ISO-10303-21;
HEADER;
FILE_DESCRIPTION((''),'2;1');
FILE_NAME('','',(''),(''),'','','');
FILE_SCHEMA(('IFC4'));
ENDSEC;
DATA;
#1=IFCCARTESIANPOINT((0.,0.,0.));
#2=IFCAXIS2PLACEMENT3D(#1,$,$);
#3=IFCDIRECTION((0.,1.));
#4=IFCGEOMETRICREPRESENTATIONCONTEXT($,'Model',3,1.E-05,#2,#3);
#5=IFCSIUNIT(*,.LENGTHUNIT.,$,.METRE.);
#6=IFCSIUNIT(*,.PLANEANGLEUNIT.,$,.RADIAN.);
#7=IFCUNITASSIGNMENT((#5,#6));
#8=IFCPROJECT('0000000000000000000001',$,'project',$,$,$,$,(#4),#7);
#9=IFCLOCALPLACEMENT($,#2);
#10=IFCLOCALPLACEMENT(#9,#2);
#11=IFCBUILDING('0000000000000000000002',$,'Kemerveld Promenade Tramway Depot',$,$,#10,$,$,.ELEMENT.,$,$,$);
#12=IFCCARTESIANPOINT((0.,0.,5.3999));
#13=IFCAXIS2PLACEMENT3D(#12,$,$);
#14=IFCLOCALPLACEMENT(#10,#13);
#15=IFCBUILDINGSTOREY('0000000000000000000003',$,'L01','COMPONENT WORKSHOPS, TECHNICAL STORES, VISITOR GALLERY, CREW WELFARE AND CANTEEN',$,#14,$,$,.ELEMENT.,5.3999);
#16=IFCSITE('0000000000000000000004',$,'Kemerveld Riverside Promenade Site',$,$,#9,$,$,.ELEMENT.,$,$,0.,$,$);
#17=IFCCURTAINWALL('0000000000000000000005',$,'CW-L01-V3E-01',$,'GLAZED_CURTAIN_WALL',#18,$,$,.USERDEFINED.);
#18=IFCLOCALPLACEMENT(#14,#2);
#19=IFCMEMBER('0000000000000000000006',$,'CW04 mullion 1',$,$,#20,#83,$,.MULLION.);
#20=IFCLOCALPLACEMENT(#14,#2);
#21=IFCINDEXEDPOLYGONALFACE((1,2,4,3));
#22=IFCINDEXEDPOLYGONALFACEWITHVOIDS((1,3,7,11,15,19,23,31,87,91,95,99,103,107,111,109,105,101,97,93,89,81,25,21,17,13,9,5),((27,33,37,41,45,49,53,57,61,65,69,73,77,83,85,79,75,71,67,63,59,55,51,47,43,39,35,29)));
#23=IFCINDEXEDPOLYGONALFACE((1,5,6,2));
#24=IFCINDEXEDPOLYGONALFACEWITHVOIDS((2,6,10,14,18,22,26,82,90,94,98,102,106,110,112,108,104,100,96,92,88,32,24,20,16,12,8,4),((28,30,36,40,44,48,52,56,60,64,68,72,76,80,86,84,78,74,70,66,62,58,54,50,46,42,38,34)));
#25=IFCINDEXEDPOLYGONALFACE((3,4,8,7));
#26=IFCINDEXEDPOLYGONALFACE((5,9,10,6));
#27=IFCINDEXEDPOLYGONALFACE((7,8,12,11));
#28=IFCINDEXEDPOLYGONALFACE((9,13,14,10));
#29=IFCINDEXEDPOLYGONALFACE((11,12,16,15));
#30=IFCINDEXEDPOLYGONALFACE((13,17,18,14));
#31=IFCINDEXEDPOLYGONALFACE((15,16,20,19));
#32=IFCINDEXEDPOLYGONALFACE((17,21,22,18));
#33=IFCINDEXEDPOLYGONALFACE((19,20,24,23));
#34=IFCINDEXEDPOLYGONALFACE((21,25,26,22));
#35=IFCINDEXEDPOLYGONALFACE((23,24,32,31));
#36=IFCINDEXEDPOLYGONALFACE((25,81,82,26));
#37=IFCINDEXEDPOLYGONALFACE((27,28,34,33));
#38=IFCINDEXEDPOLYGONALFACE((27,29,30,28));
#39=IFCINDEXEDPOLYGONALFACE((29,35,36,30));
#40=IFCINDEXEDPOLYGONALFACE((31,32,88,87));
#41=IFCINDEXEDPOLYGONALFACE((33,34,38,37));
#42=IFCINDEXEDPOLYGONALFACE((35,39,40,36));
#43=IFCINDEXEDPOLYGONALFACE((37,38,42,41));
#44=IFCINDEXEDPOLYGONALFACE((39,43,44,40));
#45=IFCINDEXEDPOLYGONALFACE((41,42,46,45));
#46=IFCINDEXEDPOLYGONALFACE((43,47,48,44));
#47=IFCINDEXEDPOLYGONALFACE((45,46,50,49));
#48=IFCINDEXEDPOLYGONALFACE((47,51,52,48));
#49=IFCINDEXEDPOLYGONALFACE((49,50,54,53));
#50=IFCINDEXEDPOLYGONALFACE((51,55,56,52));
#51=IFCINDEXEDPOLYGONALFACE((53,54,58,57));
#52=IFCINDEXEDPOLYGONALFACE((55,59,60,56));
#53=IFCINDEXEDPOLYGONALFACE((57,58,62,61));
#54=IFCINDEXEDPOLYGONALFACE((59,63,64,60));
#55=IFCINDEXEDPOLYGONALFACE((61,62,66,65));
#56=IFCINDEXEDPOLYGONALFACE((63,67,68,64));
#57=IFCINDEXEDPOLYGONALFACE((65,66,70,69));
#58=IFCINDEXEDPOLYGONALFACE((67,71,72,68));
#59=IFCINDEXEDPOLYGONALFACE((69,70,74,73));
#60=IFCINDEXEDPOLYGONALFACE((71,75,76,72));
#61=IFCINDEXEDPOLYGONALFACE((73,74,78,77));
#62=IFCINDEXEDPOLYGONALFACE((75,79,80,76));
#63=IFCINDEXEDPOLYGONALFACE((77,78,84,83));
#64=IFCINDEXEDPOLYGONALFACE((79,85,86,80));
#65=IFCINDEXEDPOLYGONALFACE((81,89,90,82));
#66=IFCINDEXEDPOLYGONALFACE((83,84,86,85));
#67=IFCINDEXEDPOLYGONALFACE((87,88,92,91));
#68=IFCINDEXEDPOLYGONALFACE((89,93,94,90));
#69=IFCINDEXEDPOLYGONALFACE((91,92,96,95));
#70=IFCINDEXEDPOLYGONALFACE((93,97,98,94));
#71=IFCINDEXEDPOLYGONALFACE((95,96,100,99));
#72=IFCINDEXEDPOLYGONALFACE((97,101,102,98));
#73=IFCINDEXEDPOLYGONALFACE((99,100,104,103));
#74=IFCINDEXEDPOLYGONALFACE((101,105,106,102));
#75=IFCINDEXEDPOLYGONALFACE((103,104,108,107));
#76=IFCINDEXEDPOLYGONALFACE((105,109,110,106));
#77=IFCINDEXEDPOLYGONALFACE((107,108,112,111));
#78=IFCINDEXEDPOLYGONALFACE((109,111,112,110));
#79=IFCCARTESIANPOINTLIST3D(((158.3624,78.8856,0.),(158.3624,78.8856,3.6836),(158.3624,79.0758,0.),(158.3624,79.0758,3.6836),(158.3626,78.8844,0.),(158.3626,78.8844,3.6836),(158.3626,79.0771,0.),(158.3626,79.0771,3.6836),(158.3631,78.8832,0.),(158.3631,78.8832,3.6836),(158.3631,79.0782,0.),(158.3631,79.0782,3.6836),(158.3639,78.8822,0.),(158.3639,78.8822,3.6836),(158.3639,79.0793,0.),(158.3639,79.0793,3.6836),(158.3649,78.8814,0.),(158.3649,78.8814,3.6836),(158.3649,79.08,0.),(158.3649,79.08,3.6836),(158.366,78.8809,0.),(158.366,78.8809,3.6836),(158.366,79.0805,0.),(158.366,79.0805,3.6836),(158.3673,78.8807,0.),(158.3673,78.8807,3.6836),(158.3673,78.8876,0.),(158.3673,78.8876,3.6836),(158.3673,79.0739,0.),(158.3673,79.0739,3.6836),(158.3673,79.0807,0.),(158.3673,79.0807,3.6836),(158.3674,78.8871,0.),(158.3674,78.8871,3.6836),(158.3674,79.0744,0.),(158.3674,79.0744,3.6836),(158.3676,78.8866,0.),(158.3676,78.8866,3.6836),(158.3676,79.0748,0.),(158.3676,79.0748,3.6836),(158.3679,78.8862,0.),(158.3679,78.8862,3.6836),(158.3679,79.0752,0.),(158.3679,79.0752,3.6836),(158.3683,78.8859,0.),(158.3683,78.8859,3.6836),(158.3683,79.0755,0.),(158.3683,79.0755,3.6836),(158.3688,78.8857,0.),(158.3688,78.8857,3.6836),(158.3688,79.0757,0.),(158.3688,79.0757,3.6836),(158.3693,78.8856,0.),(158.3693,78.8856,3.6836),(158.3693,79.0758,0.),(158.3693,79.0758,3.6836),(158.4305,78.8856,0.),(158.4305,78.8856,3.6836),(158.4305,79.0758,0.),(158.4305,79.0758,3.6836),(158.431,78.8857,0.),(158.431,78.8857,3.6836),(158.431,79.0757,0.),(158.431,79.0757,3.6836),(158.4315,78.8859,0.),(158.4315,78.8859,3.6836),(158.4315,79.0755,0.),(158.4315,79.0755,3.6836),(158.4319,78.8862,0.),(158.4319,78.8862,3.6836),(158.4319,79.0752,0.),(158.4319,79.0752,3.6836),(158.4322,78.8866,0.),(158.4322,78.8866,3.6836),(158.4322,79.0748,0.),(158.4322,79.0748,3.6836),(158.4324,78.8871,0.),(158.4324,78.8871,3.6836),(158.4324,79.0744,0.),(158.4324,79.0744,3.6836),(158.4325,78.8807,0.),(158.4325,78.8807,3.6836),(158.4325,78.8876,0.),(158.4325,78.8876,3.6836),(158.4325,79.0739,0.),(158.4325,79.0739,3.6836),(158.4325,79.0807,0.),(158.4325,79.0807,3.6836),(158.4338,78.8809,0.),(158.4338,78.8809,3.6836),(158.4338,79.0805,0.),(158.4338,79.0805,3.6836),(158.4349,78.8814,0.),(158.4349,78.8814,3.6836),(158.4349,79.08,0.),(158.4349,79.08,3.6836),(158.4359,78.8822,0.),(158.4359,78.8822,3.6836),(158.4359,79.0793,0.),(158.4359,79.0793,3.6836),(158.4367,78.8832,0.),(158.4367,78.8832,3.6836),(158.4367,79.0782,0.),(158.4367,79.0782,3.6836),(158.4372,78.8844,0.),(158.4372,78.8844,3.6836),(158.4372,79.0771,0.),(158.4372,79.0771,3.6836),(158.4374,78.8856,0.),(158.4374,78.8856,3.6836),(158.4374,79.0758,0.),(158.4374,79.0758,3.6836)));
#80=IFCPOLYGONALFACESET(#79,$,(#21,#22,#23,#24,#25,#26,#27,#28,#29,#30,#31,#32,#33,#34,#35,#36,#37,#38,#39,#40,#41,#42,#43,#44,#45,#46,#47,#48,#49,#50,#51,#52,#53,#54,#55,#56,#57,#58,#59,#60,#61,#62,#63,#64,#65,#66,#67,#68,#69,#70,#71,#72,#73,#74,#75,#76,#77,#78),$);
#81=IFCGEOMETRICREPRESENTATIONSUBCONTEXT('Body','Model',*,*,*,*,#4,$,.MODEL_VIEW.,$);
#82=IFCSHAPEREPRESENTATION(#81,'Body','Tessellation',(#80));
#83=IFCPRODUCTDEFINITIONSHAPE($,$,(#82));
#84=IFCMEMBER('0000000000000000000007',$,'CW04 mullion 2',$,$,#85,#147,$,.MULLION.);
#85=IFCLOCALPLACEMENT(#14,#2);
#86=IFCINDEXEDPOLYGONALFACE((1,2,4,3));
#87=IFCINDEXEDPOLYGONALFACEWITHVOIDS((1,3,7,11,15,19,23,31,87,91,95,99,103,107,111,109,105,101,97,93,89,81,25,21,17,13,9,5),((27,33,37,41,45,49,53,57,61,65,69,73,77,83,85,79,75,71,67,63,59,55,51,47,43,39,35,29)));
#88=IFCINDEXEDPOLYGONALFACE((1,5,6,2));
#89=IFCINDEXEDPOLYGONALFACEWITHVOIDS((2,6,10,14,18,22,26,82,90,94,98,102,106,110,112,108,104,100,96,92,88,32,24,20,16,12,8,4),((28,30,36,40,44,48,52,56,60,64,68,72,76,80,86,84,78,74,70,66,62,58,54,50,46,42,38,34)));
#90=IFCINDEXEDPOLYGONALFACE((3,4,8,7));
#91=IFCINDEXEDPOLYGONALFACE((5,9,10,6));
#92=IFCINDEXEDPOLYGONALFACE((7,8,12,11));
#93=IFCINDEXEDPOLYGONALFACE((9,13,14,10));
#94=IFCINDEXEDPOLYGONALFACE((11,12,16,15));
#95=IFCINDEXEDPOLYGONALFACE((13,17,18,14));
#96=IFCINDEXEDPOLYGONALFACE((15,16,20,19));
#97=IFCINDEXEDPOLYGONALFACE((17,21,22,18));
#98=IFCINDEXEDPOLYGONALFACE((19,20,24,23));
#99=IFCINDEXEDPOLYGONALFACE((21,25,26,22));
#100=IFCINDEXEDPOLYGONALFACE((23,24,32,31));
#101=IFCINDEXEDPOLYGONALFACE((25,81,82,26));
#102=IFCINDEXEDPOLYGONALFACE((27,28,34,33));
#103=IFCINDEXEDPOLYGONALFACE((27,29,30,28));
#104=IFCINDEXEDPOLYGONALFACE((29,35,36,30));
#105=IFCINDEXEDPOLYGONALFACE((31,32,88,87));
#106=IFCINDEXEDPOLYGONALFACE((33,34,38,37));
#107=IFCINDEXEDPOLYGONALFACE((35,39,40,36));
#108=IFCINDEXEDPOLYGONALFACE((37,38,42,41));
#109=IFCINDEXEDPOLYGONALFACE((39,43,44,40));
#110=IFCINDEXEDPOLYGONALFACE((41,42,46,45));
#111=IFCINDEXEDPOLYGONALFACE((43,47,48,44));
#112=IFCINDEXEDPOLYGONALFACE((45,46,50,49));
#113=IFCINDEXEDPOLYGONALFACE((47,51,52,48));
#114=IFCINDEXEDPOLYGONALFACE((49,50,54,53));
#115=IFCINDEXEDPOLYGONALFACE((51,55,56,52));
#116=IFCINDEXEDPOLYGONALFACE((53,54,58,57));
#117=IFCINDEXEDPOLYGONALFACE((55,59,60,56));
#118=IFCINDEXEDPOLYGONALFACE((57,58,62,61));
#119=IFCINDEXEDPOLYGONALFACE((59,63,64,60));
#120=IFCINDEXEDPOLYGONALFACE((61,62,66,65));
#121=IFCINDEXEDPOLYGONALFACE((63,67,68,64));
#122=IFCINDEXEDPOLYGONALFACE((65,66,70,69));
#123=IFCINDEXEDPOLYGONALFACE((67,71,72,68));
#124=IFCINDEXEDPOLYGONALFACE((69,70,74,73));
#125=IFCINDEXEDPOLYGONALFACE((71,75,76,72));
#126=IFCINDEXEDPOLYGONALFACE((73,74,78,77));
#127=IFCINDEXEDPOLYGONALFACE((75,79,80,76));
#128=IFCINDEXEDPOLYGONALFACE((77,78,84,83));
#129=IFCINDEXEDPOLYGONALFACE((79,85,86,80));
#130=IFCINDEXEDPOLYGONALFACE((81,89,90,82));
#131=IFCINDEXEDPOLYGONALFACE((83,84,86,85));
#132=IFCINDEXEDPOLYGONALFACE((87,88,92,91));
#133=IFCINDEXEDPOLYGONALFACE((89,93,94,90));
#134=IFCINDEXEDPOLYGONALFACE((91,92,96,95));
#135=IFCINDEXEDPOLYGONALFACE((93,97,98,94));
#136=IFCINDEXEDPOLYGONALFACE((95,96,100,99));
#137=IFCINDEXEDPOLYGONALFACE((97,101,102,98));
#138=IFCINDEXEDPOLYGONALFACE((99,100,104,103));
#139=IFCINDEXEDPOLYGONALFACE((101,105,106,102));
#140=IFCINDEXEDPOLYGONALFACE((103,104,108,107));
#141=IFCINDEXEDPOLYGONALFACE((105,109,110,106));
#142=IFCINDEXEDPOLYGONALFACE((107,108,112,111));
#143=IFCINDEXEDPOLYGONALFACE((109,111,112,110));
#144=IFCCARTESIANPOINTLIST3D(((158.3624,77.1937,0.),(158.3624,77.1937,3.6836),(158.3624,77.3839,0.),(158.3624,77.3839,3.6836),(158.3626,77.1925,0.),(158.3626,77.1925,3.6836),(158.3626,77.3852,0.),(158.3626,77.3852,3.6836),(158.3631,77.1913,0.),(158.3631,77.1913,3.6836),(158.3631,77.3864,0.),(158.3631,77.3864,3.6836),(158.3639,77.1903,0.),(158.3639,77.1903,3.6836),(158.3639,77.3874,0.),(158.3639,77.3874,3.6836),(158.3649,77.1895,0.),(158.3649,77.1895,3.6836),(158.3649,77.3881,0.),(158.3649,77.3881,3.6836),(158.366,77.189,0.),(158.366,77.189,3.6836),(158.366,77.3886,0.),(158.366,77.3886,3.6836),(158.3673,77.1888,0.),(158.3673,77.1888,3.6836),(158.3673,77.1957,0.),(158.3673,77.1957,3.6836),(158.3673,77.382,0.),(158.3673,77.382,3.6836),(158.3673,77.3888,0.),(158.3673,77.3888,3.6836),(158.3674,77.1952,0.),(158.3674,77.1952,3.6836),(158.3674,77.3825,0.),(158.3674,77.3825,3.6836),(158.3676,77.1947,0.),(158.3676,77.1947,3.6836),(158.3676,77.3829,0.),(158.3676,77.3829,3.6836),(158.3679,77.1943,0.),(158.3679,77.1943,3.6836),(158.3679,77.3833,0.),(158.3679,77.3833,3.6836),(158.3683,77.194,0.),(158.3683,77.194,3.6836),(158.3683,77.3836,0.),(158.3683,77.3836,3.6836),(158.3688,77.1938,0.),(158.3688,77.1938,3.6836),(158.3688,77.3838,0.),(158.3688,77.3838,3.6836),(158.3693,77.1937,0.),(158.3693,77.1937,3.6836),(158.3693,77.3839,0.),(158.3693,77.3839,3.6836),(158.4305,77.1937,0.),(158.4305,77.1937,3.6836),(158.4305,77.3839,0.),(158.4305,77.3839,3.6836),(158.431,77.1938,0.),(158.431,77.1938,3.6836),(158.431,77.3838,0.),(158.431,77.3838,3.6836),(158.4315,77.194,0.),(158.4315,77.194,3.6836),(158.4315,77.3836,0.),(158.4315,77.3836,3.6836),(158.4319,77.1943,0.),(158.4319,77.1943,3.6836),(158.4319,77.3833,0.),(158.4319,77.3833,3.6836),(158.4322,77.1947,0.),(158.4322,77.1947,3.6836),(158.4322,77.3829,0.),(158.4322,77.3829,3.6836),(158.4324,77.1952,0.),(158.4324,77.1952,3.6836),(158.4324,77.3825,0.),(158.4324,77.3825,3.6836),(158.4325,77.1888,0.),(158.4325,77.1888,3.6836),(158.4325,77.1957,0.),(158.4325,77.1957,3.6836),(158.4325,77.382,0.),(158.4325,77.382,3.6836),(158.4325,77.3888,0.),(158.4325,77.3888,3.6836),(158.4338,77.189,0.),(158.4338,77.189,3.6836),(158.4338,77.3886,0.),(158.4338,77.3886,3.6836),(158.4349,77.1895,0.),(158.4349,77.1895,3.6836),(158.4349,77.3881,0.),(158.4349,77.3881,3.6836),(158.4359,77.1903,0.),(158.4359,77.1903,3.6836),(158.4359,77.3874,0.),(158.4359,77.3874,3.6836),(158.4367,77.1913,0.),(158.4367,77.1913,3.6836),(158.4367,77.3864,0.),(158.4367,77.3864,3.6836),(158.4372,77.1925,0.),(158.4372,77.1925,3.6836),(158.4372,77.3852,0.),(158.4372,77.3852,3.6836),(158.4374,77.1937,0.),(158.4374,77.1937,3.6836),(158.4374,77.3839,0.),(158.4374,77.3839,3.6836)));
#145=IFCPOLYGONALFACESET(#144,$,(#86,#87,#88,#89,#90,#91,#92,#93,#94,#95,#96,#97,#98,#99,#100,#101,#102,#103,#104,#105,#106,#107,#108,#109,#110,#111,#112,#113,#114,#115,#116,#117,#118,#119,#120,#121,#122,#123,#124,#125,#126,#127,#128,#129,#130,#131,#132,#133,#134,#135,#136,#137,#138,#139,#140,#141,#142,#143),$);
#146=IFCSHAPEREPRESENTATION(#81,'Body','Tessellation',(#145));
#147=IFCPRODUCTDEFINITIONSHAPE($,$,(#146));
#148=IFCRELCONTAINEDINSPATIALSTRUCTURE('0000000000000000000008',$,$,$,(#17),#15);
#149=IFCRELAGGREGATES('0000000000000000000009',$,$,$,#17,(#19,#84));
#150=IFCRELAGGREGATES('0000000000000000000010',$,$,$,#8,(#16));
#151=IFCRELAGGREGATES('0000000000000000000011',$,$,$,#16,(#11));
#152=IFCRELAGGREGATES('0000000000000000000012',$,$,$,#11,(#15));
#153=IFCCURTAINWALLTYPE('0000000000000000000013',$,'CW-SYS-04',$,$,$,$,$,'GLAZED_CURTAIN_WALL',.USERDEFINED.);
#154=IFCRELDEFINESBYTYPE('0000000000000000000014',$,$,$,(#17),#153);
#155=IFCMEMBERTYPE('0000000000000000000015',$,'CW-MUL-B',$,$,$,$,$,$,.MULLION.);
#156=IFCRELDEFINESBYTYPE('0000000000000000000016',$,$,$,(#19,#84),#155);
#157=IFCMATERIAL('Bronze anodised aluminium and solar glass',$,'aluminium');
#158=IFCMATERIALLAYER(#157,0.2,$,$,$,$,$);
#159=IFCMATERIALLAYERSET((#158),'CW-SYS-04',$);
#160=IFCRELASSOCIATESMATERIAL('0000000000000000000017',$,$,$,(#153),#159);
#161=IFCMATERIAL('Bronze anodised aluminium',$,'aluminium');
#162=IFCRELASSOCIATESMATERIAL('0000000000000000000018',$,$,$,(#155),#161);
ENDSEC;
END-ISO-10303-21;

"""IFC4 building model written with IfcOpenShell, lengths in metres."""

from ifc_helpers import new_model, si_unit, direction, frame, origin, origin_2d, place, context, subcontext, project, spatial, hollow_rectangle, extrude, material, layer, layer_set, material_profile, profile_set, type_object, element, aggregate, save


model = new_model("IFC4")

# Units and contexts
model_context = context("Model", 3, precision=1e-05, world=origin(), true_north=direction((0.0, 1.0)))
body_context = subcontext(model_context, "Body", "Model", "MODEL_VIEW")
ifc_project = project(units=[si_unit("LENGTHUNIT", "METRE"), si_unit("PLANEANGLEUNIT", "RADIAN")], contexts=[model_context])

# Site, building, storey
site_placement = place(None, origin())
site = spatial("IfcSite", under=ifc_project, at=site_placement, Name="Kemerveld Riverside Promenade Site", CompositionType="ELEMENT", RefElevation=0.0)
building_placement = place(site_placement, origin())
building = spatial("IfcBuilding", under=site, at=building_placement, Name="Kemerveld Promenade Tramway Depot", CompositionType="ELEMENT")
storey_placement = place(building_placement, frame((0.0, 0.0, 5.3999)))
storey = spatial("IfcBuildingStorey", under=building, at=storey_placement, Name="L01", Description="COMPONENT WORKSHOPS, TECHNICAL STORES, VISITOR GALLERY, CREW WELFARE AND CANTEEN", CompositionType="ELEMENT", Elevation=5.3999)

# Curtain wall, members
ifc_material_1 = material(Name="Bronze anodised aluminium and solar glass", Category="aluminium")
ifc_layer_1 = layer(ifc_material_1, 0.2)
ifc_layer_set_1 = layer_set([ifc_layer_1], Name="CW-SYS-04")
curtain_wall_type = type_object("IfcCurtainWallType", Name="CW-SYS-04", ElementType="GLAZED_CURTAIN_WALL", PredefinedType="USERDEFINED", material=ifc_layer_set_1)
curtain_wall_placement = place(storey_placement, origin())
curtain_wall = element("IfcCurtainWall", 1, at=curtain_wall_placement, inside=storey, type_object=curtain_wall_type, Name="CW-L01-V3E-01", ObjectType="GLAZED_CURTAIN_WALL", PredefinedType="USERDEFINED")
ifc_material_2 = material(Name="Bronze anodised aluminium", Category="aluminium")
ifc_material_profile_1 = material_profile(ifc_material_2, hollow_rectangle(XDim=0.075, YDim=0.2, WallThickness=0.0049, InnerFilletRadius=0.002, OuterFilletRadius=0.0049, at=origin_2d()), Name="CW-MUL-200x75")
ifc_profile_set_1 = profile_set([ifc_material_profile_1], Name="Bronze anodised aluminium")
member_type_1 = type_object("IfcMemberType", Name="CW-MUL-B", PredefinedType="MULLION", material=ifc_profile_set_1)
member_1_placement = place(storey_placement, frame((158.3999, 78.9807, 0.0), z_axis=(0.0, 0.0, 1.0), x_axis=(1.0, 0.0, 0.0)))
member_1 = element("IfcMember", 2, at=member_1_placement, type_object=member_type_1, Name="CW04 mullion 1", PredefinedType="MULLION", context=body_context, shape_type="SweptSolid", body=[
    extrude(hollow_rectangle(XDim=0.075, YDim=0.2, WallThickness=0.0049, InnerFilletRadius=0.002, OuterFilletRadius=0.0049, at=origin_2d()), origin(), (0.0, 0.0, 1.0), 3.6836),
])
member_2_placement = place(storey_placement, frame((158.3999, 77.2888, 0.0), z_axis=(0.0, 0.0, 1.0), x_axis=(1.0, 0.0, 0.0)))
member_2 = element("IfcMember", 3, at=member_2_placement, type_object=member_type_1, Name="CW04 mullion 2", PredefinedType="MULLION", context=body_context, shape_type="SweptSolid", body=[
    extrude(hollow_rectangle(XDim=0.075, YDim=0.2, WallThickness=0.0049, InnerFilletRadius=0.002, OuterFilletRadius=0.0049, at=origin_2d()), origin(), (0.0, 0.0, 1.0), 3.6836),
])
aggregate(curtain_wall, [member_1, member_2])

save(model, "model.ifc")
